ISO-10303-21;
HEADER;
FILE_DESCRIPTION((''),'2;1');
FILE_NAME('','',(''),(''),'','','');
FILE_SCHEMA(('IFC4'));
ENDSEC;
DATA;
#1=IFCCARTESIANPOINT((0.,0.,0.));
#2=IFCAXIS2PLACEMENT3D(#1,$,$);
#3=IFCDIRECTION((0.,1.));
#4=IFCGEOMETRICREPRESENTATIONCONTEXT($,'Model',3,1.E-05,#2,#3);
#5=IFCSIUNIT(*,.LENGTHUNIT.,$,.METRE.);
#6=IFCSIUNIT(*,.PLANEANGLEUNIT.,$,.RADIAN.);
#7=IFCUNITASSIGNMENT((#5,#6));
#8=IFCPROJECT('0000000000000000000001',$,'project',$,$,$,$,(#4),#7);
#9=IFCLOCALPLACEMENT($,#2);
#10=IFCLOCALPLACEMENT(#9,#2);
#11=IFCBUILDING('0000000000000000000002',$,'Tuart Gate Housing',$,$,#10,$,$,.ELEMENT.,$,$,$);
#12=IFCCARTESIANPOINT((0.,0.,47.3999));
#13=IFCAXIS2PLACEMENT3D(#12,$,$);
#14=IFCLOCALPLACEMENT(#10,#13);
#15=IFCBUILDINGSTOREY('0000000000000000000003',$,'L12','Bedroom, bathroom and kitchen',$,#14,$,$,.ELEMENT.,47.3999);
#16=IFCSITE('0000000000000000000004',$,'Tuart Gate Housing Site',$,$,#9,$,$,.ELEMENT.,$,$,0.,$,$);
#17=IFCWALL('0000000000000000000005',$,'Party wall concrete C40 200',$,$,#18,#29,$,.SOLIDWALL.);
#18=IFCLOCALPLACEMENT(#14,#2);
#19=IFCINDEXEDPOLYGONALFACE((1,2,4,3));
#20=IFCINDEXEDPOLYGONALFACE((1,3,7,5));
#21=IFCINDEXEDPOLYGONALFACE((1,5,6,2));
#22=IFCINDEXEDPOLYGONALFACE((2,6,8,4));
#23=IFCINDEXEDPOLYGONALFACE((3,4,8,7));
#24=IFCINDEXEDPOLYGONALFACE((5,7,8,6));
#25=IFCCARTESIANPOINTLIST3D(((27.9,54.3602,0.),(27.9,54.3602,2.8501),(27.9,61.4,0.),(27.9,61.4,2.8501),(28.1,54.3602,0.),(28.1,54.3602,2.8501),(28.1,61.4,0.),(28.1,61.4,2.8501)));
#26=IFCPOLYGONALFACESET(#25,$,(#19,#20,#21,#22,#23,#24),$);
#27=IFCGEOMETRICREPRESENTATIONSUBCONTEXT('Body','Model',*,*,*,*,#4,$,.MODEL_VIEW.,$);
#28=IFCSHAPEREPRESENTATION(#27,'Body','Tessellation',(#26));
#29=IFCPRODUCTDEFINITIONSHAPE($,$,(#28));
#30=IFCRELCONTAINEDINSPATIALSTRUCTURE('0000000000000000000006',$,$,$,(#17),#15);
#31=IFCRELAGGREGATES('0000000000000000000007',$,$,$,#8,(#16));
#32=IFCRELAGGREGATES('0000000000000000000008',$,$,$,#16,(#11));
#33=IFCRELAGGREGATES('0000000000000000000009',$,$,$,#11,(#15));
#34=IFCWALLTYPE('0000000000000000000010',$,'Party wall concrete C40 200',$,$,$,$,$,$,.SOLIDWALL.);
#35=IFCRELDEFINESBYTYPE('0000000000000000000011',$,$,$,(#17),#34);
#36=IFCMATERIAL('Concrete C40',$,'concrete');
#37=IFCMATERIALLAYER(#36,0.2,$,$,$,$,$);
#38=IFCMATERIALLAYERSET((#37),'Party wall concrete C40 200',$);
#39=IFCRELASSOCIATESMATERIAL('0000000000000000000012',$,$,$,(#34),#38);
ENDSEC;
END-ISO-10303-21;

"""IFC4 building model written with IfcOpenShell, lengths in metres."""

from ifc_helpers import new_model, si_unit, direction, frame, frame_2d, origin, place, context, subcontext, project, spatial, rectangle, extrude, material, layer, layer_set, type_object, element, save


model = new_model("IFC4")

# Units and contexts
model_context = context("Model", 3, precision=1e-05, world=origin(), true_north=direction((0.0, 1.0)))
body_context = subcontext(model_context, "Body", "Model", "MODEL_VIEW")
ifc_project = project(units=[si_unit("LENGTHUNIT", "METRE"), si_unit("PLANEANGLEUNIT", "RADIAN")], contexts=[model_context])

# Site, building, storey
site_placement = place(None, origin())
site = spatial("IfcSite", under=ifc_project, at=site_placement, Name="Tuart Gate Housing Site", CompositionType="ELEMENT", RefElevation=0.0)
building_placement = place(site_placement, origin())
building = spatial("IfcBuilding", under=site, at=building_placement, Name="Tuart Gate Housing", CompositionType="ELEMENT")
storey_placement = place(building_placement, frame((0.0, 0.0, 47.3999)))
storey = spatial("IfcBuildingStorey", under=building, at=storey_placement, Name="L12", Description="Bedroom, bathroom and kitchen", CompositionType="ELEMENT", Elevation=47.3999)

# Wall
ifc_material_1 = material(Name="Concrete C40", Category="concrete")
ifc_layer_1 = layer(ifc_material_1, 0.2)
ifc_layer_set_1 = layer_set([ifc_layer_1], Name="Party wall concrete C40 200")
wall_type_1 = type_object("IfcWallType", Name="Party wall concrete C40 200", PredefinedType="SOLIDWALL", material=ifc_layer_set_1)
wall_1_placement = place(storey_placement, frame((28.0, 54.3601, 0.0), z_axis=(0.0, 0.0, 1.0), x_axis=(0.0, 1.0, 0.0)))
element("IfcWall", 1, at=wall_1_placement, inside=storey, type_object=wall_type_1, Name="Party wall concrete C40 200", PredefinedType="SOLIDWALL", context=body_context, shape_type="SweptSolid", body=[
    extrude(rectangle(XDim=7.0398, YDim=0.2, at=frame_2d((3.52, 0.0))), origin(), (0.0, 0.0, 1.0), 2.8501),
])

save(model, "model.ifc")
